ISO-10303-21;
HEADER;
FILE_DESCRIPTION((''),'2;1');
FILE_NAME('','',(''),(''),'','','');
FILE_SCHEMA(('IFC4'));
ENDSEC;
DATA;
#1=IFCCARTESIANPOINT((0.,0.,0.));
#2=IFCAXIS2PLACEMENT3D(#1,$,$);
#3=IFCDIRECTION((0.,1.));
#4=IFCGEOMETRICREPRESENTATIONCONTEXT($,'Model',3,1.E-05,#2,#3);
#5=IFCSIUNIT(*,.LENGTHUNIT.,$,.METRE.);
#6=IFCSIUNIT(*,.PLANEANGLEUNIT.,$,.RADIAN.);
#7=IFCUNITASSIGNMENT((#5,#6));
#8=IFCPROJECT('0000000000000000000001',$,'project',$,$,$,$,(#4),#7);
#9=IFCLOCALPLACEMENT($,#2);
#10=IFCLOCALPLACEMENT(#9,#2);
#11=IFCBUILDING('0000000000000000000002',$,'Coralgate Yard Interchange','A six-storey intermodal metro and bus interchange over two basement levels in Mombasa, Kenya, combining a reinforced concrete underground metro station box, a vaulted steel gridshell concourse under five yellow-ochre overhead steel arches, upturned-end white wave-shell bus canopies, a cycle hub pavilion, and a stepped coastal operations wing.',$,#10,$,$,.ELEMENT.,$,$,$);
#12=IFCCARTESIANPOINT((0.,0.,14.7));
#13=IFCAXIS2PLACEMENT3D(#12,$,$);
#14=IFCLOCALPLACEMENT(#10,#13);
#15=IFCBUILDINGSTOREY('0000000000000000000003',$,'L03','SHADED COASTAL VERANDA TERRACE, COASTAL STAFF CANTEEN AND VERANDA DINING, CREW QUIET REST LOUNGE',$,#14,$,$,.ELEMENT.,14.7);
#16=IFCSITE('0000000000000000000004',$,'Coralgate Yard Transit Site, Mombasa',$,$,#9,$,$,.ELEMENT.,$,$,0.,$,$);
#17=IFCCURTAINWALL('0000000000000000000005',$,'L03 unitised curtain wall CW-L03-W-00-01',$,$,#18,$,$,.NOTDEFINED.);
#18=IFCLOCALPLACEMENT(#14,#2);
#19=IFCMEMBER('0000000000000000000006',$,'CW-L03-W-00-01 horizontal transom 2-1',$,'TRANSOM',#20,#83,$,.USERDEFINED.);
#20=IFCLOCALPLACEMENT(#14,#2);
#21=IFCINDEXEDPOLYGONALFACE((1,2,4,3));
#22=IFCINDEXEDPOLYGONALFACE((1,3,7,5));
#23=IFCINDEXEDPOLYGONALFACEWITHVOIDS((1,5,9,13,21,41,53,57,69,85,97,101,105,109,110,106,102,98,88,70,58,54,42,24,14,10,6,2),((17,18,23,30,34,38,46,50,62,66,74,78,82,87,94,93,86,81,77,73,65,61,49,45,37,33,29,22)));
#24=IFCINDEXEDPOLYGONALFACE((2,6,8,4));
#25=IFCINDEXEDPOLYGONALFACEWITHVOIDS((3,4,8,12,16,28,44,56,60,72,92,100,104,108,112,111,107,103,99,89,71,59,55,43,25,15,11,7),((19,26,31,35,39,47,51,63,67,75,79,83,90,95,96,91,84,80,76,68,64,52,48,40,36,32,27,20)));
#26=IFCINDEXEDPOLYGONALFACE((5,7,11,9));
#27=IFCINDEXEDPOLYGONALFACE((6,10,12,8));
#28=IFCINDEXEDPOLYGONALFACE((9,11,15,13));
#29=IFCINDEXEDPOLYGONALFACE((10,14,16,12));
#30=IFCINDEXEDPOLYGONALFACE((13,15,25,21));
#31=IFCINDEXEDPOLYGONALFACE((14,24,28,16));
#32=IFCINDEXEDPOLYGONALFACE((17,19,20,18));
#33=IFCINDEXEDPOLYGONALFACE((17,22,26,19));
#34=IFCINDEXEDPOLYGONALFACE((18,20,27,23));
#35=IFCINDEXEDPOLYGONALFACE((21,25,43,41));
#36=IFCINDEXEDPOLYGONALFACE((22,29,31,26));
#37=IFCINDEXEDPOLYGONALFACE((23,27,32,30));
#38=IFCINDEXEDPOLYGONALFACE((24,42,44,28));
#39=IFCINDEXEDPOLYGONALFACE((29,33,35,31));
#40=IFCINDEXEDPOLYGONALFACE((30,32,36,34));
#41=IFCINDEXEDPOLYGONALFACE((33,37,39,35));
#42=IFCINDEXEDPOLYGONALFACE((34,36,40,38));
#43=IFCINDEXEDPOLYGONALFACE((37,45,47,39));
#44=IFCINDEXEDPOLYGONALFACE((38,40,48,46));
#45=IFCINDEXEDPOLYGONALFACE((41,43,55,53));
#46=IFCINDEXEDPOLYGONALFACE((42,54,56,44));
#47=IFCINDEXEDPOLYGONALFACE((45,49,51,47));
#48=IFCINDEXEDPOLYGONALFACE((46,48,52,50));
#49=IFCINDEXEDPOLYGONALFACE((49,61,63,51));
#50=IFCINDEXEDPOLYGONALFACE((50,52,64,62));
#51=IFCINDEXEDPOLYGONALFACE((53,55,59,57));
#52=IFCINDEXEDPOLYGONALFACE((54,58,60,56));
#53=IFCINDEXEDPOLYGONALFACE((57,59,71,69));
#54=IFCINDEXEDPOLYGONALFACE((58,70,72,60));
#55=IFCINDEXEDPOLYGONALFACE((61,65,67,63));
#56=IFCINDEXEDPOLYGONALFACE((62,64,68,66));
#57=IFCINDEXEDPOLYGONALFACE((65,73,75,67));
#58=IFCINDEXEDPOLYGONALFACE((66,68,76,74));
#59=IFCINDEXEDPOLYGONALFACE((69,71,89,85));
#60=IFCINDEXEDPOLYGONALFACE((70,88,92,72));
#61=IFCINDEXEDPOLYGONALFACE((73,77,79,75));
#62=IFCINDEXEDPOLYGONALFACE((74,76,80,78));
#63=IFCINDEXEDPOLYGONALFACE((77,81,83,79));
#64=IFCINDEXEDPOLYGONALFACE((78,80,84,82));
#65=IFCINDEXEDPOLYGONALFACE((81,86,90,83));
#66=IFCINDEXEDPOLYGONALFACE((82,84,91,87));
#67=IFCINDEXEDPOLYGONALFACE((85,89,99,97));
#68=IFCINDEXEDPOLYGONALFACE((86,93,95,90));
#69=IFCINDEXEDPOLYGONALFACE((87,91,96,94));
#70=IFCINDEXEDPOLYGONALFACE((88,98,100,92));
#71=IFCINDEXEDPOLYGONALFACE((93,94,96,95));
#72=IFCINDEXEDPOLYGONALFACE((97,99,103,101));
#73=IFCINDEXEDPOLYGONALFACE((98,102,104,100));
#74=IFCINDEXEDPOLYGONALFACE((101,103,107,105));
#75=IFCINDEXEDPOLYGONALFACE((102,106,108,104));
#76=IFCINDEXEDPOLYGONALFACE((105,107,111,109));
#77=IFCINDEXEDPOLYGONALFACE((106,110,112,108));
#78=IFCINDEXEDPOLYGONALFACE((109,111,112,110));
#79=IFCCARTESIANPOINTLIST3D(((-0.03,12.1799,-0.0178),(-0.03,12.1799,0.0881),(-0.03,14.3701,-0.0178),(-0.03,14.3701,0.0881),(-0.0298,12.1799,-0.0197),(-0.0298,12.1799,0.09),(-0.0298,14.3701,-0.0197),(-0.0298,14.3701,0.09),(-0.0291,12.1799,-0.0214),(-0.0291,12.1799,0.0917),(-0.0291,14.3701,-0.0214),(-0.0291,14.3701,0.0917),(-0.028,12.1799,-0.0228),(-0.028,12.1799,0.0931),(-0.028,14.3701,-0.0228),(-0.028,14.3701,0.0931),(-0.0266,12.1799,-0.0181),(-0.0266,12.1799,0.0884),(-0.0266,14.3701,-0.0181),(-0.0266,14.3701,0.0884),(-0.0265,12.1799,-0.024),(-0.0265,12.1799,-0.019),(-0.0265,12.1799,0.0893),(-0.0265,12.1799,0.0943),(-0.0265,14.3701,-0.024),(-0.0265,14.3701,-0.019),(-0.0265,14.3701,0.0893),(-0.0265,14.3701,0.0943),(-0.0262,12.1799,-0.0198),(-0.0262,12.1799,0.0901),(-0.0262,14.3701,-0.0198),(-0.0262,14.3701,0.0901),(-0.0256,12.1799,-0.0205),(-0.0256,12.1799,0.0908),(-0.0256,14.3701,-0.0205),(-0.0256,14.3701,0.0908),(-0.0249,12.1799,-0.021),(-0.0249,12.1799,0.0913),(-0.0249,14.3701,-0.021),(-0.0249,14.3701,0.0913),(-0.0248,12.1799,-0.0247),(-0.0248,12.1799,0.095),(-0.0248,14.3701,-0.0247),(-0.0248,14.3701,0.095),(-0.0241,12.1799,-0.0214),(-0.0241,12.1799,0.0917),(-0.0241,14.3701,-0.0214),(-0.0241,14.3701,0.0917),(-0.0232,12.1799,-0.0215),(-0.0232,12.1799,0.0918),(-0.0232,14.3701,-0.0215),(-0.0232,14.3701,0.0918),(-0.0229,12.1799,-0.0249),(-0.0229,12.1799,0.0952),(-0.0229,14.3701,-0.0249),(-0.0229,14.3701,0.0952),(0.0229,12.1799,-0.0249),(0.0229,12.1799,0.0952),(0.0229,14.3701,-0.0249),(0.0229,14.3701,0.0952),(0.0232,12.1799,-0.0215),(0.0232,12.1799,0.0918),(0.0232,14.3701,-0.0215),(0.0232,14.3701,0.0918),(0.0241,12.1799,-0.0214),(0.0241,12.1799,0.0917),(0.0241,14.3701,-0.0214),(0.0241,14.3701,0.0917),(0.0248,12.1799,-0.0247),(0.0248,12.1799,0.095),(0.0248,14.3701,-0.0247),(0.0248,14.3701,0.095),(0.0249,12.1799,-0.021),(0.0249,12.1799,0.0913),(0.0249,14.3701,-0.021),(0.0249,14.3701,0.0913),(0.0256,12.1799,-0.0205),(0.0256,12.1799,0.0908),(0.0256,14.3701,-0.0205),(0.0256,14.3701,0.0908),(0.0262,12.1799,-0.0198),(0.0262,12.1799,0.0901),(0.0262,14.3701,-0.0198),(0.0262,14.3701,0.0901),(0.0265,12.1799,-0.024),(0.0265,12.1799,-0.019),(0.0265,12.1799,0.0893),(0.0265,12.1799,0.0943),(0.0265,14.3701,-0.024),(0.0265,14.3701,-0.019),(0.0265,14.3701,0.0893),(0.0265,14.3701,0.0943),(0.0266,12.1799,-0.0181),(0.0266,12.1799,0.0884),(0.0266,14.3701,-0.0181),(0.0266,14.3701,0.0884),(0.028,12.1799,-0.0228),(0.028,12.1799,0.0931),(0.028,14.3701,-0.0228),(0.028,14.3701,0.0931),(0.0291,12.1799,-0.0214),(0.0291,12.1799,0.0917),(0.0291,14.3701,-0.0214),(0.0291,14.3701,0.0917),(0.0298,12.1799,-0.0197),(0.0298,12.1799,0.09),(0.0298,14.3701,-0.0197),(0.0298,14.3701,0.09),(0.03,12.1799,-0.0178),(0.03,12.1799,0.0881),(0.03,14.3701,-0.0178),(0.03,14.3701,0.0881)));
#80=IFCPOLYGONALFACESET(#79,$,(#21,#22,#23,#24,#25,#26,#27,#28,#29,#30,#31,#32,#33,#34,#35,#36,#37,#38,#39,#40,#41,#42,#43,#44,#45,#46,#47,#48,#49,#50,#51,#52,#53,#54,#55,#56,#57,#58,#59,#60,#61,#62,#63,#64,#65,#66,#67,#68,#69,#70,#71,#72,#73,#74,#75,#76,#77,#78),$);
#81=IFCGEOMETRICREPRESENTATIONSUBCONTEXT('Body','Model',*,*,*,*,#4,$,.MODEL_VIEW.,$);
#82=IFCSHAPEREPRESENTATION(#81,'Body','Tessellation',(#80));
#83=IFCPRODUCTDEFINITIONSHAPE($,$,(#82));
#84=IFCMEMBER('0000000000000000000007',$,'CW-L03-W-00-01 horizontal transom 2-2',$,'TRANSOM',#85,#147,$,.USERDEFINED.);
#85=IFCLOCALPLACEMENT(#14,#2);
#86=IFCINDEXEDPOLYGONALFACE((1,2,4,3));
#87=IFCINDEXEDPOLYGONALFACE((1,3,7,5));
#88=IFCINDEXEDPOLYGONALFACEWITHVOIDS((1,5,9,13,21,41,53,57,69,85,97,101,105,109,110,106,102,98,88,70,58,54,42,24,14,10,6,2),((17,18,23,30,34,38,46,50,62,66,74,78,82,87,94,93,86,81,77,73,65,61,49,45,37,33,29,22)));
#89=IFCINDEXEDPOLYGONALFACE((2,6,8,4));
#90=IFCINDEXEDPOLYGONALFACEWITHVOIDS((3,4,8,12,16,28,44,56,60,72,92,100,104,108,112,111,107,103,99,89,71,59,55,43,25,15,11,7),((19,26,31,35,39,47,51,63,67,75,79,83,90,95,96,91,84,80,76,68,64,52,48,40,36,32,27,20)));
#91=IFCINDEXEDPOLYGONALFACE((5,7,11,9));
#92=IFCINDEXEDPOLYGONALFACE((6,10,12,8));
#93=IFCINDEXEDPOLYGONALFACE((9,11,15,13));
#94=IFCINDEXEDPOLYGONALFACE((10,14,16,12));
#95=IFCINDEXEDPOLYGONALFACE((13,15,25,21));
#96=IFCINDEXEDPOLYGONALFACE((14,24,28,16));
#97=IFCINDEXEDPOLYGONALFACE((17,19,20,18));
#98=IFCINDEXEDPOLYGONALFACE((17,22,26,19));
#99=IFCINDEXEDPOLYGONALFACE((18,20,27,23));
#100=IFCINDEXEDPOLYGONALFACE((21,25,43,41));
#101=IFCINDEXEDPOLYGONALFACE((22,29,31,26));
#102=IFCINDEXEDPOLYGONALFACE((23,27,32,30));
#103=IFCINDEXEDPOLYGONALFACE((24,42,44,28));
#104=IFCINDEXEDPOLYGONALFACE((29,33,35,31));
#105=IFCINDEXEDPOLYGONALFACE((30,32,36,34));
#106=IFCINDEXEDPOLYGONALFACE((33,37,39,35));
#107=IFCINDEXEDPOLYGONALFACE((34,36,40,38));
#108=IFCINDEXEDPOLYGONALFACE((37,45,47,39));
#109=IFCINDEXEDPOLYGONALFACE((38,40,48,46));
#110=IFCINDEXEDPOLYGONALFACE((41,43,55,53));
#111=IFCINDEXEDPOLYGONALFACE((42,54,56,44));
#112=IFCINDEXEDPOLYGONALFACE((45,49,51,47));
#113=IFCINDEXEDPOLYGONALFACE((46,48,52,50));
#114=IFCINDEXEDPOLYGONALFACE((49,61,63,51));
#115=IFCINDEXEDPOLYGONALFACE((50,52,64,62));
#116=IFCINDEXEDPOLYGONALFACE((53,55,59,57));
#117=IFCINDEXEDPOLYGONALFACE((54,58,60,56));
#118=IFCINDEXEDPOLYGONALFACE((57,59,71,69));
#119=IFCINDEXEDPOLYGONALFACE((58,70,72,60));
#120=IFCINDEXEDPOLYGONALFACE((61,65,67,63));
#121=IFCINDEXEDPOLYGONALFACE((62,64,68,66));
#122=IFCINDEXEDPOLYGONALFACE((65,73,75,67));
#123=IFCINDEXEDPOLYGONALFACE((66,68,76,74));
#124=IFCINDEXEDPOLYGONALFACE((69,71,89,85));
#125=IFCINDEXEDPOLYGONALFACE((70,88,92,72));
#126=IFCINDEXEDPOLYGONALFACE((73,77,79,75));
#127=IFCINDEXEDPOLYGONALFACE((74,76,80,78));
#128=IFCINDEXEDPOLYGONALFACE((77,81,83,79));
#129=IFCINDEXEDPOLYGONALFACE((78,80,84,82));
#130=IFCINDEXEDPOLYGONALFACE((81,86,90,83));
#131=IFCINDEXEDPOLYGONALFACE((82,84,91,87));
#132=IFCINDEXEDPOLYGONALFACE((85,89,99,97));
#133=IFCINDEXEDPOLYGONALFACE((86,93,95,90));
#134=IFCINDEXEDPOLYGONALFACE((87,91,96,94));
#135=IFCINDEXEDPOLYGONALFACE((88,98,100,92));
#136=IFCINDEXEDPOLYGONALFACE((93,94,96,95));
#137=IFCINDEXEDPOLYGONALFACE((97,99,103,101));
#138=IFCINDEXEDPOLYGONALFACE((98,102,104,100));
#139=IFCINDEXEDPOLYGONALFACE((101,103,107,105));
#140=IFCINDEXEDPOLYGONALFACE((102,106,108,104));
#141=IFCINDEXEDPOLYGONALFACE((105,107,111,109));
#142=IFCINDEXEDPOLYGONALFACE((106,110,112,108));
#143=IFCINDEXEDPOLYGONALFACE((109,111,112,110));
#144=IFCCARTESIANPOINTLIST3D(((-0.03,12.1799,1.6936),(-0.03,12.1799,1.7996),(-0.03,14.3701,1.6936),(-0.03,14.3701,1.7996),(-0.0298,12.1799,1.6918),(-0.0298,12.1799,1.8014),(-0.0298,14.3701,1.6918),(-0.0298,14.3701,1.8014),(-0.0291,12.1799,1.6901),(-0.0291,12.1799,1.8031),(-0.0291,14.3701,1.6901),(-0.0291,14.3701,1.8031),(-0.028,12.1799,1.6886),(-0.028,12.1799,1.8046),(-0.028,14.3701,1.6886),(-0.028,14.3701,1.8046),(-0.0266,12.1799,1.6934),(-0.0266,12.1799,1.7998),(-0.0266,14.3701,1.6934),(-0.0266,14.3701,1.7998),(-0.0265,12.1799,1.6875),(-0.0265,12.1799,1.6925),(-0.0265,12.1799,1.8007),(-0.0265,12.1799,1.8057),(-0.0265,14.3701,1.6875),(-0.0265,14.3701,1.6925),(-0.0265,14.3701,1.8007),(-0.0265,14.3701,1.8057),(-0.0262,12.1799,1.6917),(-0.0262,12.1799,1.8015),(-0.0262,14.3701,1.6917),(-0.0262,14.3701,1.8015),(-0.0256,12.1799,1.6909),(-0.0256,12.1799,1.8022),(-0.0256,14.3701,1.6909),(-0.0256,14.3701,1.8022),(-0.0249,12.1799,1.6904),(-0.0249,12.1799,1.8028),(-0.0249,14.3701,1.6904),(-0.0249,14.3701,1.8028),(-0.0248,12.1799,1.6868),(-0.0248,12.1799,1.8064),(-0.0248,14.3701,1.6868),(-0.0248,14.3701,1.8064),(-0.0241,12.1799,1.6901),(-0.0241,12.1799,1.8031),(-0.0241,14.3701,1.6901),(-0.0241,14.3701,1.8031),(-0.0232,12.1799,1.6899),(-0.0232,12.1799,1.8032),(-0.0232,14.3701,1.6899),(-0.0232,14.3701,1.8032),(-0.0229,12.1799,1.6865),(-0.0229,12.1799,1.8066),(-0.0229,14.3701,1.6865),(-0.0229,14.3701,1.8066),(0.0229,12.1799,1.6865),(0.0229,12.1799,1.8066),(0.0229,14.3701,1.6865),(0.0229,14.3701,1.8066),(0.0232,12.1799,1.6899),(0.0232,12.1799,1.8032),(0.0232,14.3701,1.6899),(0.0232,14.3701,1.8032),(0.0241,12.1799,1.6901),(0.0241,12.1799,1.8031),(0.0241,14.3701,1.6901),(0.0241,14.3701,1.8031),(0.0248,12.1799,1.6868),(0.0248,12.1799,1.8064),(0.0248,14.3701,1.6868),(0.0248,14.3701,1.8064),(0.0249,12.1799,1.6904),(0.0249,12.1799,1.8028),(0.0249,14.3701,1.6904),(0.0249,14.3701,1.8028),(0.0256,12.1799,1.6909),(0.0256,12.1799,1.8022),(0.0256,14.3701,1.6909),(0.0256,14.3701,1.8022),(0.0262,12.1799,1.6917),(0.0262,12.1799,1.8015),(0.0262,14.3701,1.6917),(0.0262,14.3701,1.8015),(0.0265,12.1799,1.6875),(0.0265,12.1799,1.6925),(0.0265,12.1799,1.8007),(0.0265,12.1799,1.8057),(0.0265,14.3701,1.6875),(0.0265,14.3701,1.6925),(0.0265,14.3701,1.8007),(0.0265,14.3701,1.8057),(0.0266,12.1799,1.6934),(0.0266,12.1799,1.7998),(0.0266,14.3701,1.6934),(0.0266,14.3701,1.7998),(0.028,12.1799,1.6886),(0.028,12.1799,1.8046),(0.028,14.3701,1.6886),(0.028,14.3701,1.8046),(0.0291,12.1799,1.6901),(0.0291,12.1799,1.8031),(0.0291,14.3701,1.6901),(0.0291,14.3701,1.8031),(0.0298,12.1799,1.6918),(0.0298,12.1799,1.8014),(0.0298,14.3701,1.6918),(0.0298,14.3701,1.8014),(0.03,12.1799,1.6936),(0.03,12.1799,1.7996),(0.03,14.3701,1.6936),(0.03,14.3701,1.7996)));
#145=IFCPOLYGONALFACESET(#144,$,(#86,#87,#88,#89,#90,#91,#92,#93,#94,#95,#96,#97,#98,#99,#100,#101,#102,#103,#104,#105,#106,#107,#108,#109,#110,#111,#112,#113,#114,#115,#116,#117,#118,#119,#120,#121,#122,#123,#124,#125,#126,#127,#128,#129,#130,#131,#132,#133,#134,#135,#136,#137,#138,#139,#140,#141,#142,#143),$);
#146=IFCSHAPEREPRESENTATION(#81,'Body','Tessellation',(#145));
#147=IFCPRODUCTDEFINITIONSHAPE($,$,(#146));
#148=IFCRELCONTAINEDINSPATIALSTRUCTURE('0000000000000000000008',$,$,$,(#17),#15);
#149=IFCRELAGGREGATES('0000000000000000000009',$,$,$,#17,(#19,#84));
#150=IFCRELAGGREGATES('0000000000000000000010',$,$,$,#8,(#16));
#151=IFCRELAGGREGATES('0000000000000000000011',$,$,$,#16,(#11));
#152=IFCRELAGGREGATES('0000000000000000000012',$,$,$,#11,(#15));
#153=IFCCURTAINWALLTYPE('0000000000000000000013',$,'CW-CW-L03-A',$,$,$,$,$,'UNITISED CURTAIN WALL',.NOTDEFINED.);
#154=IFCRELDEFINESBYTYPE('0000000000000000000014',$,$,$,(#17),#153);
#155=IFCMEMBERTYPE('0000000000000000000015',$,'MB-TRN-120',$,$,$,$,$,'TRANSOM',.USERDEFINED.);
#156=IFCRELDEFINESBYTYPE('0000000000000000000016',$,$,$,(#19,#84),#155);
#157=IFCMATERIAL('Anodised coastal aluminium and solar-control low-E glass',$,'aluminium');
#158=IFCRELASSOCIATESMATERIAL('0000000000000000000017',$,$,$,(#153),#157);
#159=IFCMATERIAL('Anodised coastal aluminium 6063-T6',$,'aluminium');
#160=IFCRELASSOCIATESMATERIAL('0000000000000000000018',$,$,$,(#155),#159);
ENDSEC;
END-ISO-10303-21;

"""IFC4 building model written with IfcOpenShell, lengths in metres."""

from ifc_helpers import new_model, si_unit, direction, frame, origin, origin_2d, place, context, subcontext, project, spatial, hollow_rectangle, extrude, material, material_profile, profile_set, type_object, element, aggregate, save


model = new_model("IFC4")

# Units and contexts
model_context = context("Model", 3, precision=1e-05, world=origin(), true_north=direction((0.0, 1.0)))
body_context = subcontext(model_context, "Body", "Model", "MODEL_VIEW")
ifc_project = project(units=[si_unit("LENGTHUNIT", "METRE"), si_unit("PLANEANGLEUNIT", "RADIAN")], contexts=[model_context])

# Site, building, storey
site_placement = place(None, origin())
site = spatial("IfcSite", under=ifc_project, at=site_placement, Name="Coralgate Yard Transit Site, Mombasa", CompositionType="ELEMENT", RefElevation=0.0)
building_placement = place(site_placement, origin())
building = spatial("IfcBuilding", under=site, at=building_placement, Name="Coralgate Yard Interchange", Description="A six-storey intermodal metro and bus interchange over two basement levels in Mombasa, Kenya, combining a reinforced concrete underground metro station box, a vaulted steel gridshell concourse under five yellow-ochre overhead steel arches, upturned-end white wave-shell bus canopies, a cycle hub pavilion, and a stepped coastal operations wing.", CompositionType="ELEMENT")
storey_placement = place(building_placement, frame((0.0, 0.0, 14.7)))
storey = spatial("IfcBuildingStorey", under=building, at=storey_placement, Name="L03", Description="SHADED COASTAL VERANDA TERRACE, COASTAL STAFF CANTEEN AND VERANDA DINING, CREW QUIET REST LOUNGE", CompositionType="ELEMENT", Elevation=14.7)

# Curtain wall, members
ifc_material_1 = material(Name="Anodised coastal aluminium and solar-control low-E glass", Category="aluminium")
curtain_wall_type = type_object("IfcCurtainWallType", Name="CW-CW-L03-A", ElementType="UNITISED CURTAIN WALL", PredefinedType="NOTDEFINED", material=ifc_material_1)
curtain_wall_placement = place(storey_placement, origin())
curtain_wall = element("IfcCurtainWall", 1, at=curtain_wall_placement, inside=storey, type_object=curtain_wall_type, Name="L03 unitised curtain wall CW-L03-W-00-01", PredefinedType="NOTDEFINED")
ifc_material_2 = material(Name="Anodised coastal aluminium 6063-T6", Category="aluminium")
ifc_material_profile_1 = material_profile(ifc_material_2, hollow_rectangle(XDim=0.0601, YDim=0.1201, WallThickness=0.0034, InnerFilletRadius=0.0034, OuterFilletRadius=0.0071, at=origin_2d()), Name="ALU 60x120x3.5")
ifc_profile_set_1 = profile_set([ifc_material_profile_1], Name="Anodised coastal aluminium 6063-T6")
member_type_1 = type_object("IfcMemberType", Name="MB-TRN-120", ElementType="TRANSOM", PredefinedType="USERDEFINED", material=ifc_profile_set_1)
member_1_placement = place(storey_placement, frame((0.0, 12.1799, 0.0352), z_axis=(0.0, 1.0, 0.0), x_axis=(-1.0, 0.0, 0.0)))
member_1 = element("IfcMember", 2, at=member_1_placement, type_object=member_type_1, Name="CW-L03-W-00-01 horizontal transom 2-1", ObjectType="TRANSOM", PredefinedType="USERDEFINED", context=body_context, shape_type="SweptSolid", body=[
    extrude(hollow_rectangle(XDim=0.0601, YDim=0.1201, WallThickness=0.0034, InnerFilletRadius=0.0034, OuterFilletRadius=0.0071, at=origin_2d()), origin(), (0.0, 0.0, 1.0), 2.1902),
])
member_2_placement = place(storey_placement, frame((0.0, 12.1799, 1.7466), z_axis=(0.0, 1.0, 0.0), x_axis=(-1.0, 0.0, 0.0)))
member_2 = element("IfcMember", 3, at=member_2_placement, type_object=member_type_1, Name="CW-L03-W-00-01 horizontal transom 2-2", ObjectType="TRANSOM", PredefinedType="USERDEFINED", context=body_context, shape_type="SweptSolid", body=[
    extrude(hollow_rectangle(XDim=0.0601, YDim=0.1201, WallThickness=0.0034, InnerFilletRadius=0.0034, OuterFilletRadius=0.0071, at=origin_2d()), origin(), (0.0, 0.0, 1.0), 2.1902),
])
aggregate(curtain_wall, [member_1, member_2])

save(model, "model.ifc")
